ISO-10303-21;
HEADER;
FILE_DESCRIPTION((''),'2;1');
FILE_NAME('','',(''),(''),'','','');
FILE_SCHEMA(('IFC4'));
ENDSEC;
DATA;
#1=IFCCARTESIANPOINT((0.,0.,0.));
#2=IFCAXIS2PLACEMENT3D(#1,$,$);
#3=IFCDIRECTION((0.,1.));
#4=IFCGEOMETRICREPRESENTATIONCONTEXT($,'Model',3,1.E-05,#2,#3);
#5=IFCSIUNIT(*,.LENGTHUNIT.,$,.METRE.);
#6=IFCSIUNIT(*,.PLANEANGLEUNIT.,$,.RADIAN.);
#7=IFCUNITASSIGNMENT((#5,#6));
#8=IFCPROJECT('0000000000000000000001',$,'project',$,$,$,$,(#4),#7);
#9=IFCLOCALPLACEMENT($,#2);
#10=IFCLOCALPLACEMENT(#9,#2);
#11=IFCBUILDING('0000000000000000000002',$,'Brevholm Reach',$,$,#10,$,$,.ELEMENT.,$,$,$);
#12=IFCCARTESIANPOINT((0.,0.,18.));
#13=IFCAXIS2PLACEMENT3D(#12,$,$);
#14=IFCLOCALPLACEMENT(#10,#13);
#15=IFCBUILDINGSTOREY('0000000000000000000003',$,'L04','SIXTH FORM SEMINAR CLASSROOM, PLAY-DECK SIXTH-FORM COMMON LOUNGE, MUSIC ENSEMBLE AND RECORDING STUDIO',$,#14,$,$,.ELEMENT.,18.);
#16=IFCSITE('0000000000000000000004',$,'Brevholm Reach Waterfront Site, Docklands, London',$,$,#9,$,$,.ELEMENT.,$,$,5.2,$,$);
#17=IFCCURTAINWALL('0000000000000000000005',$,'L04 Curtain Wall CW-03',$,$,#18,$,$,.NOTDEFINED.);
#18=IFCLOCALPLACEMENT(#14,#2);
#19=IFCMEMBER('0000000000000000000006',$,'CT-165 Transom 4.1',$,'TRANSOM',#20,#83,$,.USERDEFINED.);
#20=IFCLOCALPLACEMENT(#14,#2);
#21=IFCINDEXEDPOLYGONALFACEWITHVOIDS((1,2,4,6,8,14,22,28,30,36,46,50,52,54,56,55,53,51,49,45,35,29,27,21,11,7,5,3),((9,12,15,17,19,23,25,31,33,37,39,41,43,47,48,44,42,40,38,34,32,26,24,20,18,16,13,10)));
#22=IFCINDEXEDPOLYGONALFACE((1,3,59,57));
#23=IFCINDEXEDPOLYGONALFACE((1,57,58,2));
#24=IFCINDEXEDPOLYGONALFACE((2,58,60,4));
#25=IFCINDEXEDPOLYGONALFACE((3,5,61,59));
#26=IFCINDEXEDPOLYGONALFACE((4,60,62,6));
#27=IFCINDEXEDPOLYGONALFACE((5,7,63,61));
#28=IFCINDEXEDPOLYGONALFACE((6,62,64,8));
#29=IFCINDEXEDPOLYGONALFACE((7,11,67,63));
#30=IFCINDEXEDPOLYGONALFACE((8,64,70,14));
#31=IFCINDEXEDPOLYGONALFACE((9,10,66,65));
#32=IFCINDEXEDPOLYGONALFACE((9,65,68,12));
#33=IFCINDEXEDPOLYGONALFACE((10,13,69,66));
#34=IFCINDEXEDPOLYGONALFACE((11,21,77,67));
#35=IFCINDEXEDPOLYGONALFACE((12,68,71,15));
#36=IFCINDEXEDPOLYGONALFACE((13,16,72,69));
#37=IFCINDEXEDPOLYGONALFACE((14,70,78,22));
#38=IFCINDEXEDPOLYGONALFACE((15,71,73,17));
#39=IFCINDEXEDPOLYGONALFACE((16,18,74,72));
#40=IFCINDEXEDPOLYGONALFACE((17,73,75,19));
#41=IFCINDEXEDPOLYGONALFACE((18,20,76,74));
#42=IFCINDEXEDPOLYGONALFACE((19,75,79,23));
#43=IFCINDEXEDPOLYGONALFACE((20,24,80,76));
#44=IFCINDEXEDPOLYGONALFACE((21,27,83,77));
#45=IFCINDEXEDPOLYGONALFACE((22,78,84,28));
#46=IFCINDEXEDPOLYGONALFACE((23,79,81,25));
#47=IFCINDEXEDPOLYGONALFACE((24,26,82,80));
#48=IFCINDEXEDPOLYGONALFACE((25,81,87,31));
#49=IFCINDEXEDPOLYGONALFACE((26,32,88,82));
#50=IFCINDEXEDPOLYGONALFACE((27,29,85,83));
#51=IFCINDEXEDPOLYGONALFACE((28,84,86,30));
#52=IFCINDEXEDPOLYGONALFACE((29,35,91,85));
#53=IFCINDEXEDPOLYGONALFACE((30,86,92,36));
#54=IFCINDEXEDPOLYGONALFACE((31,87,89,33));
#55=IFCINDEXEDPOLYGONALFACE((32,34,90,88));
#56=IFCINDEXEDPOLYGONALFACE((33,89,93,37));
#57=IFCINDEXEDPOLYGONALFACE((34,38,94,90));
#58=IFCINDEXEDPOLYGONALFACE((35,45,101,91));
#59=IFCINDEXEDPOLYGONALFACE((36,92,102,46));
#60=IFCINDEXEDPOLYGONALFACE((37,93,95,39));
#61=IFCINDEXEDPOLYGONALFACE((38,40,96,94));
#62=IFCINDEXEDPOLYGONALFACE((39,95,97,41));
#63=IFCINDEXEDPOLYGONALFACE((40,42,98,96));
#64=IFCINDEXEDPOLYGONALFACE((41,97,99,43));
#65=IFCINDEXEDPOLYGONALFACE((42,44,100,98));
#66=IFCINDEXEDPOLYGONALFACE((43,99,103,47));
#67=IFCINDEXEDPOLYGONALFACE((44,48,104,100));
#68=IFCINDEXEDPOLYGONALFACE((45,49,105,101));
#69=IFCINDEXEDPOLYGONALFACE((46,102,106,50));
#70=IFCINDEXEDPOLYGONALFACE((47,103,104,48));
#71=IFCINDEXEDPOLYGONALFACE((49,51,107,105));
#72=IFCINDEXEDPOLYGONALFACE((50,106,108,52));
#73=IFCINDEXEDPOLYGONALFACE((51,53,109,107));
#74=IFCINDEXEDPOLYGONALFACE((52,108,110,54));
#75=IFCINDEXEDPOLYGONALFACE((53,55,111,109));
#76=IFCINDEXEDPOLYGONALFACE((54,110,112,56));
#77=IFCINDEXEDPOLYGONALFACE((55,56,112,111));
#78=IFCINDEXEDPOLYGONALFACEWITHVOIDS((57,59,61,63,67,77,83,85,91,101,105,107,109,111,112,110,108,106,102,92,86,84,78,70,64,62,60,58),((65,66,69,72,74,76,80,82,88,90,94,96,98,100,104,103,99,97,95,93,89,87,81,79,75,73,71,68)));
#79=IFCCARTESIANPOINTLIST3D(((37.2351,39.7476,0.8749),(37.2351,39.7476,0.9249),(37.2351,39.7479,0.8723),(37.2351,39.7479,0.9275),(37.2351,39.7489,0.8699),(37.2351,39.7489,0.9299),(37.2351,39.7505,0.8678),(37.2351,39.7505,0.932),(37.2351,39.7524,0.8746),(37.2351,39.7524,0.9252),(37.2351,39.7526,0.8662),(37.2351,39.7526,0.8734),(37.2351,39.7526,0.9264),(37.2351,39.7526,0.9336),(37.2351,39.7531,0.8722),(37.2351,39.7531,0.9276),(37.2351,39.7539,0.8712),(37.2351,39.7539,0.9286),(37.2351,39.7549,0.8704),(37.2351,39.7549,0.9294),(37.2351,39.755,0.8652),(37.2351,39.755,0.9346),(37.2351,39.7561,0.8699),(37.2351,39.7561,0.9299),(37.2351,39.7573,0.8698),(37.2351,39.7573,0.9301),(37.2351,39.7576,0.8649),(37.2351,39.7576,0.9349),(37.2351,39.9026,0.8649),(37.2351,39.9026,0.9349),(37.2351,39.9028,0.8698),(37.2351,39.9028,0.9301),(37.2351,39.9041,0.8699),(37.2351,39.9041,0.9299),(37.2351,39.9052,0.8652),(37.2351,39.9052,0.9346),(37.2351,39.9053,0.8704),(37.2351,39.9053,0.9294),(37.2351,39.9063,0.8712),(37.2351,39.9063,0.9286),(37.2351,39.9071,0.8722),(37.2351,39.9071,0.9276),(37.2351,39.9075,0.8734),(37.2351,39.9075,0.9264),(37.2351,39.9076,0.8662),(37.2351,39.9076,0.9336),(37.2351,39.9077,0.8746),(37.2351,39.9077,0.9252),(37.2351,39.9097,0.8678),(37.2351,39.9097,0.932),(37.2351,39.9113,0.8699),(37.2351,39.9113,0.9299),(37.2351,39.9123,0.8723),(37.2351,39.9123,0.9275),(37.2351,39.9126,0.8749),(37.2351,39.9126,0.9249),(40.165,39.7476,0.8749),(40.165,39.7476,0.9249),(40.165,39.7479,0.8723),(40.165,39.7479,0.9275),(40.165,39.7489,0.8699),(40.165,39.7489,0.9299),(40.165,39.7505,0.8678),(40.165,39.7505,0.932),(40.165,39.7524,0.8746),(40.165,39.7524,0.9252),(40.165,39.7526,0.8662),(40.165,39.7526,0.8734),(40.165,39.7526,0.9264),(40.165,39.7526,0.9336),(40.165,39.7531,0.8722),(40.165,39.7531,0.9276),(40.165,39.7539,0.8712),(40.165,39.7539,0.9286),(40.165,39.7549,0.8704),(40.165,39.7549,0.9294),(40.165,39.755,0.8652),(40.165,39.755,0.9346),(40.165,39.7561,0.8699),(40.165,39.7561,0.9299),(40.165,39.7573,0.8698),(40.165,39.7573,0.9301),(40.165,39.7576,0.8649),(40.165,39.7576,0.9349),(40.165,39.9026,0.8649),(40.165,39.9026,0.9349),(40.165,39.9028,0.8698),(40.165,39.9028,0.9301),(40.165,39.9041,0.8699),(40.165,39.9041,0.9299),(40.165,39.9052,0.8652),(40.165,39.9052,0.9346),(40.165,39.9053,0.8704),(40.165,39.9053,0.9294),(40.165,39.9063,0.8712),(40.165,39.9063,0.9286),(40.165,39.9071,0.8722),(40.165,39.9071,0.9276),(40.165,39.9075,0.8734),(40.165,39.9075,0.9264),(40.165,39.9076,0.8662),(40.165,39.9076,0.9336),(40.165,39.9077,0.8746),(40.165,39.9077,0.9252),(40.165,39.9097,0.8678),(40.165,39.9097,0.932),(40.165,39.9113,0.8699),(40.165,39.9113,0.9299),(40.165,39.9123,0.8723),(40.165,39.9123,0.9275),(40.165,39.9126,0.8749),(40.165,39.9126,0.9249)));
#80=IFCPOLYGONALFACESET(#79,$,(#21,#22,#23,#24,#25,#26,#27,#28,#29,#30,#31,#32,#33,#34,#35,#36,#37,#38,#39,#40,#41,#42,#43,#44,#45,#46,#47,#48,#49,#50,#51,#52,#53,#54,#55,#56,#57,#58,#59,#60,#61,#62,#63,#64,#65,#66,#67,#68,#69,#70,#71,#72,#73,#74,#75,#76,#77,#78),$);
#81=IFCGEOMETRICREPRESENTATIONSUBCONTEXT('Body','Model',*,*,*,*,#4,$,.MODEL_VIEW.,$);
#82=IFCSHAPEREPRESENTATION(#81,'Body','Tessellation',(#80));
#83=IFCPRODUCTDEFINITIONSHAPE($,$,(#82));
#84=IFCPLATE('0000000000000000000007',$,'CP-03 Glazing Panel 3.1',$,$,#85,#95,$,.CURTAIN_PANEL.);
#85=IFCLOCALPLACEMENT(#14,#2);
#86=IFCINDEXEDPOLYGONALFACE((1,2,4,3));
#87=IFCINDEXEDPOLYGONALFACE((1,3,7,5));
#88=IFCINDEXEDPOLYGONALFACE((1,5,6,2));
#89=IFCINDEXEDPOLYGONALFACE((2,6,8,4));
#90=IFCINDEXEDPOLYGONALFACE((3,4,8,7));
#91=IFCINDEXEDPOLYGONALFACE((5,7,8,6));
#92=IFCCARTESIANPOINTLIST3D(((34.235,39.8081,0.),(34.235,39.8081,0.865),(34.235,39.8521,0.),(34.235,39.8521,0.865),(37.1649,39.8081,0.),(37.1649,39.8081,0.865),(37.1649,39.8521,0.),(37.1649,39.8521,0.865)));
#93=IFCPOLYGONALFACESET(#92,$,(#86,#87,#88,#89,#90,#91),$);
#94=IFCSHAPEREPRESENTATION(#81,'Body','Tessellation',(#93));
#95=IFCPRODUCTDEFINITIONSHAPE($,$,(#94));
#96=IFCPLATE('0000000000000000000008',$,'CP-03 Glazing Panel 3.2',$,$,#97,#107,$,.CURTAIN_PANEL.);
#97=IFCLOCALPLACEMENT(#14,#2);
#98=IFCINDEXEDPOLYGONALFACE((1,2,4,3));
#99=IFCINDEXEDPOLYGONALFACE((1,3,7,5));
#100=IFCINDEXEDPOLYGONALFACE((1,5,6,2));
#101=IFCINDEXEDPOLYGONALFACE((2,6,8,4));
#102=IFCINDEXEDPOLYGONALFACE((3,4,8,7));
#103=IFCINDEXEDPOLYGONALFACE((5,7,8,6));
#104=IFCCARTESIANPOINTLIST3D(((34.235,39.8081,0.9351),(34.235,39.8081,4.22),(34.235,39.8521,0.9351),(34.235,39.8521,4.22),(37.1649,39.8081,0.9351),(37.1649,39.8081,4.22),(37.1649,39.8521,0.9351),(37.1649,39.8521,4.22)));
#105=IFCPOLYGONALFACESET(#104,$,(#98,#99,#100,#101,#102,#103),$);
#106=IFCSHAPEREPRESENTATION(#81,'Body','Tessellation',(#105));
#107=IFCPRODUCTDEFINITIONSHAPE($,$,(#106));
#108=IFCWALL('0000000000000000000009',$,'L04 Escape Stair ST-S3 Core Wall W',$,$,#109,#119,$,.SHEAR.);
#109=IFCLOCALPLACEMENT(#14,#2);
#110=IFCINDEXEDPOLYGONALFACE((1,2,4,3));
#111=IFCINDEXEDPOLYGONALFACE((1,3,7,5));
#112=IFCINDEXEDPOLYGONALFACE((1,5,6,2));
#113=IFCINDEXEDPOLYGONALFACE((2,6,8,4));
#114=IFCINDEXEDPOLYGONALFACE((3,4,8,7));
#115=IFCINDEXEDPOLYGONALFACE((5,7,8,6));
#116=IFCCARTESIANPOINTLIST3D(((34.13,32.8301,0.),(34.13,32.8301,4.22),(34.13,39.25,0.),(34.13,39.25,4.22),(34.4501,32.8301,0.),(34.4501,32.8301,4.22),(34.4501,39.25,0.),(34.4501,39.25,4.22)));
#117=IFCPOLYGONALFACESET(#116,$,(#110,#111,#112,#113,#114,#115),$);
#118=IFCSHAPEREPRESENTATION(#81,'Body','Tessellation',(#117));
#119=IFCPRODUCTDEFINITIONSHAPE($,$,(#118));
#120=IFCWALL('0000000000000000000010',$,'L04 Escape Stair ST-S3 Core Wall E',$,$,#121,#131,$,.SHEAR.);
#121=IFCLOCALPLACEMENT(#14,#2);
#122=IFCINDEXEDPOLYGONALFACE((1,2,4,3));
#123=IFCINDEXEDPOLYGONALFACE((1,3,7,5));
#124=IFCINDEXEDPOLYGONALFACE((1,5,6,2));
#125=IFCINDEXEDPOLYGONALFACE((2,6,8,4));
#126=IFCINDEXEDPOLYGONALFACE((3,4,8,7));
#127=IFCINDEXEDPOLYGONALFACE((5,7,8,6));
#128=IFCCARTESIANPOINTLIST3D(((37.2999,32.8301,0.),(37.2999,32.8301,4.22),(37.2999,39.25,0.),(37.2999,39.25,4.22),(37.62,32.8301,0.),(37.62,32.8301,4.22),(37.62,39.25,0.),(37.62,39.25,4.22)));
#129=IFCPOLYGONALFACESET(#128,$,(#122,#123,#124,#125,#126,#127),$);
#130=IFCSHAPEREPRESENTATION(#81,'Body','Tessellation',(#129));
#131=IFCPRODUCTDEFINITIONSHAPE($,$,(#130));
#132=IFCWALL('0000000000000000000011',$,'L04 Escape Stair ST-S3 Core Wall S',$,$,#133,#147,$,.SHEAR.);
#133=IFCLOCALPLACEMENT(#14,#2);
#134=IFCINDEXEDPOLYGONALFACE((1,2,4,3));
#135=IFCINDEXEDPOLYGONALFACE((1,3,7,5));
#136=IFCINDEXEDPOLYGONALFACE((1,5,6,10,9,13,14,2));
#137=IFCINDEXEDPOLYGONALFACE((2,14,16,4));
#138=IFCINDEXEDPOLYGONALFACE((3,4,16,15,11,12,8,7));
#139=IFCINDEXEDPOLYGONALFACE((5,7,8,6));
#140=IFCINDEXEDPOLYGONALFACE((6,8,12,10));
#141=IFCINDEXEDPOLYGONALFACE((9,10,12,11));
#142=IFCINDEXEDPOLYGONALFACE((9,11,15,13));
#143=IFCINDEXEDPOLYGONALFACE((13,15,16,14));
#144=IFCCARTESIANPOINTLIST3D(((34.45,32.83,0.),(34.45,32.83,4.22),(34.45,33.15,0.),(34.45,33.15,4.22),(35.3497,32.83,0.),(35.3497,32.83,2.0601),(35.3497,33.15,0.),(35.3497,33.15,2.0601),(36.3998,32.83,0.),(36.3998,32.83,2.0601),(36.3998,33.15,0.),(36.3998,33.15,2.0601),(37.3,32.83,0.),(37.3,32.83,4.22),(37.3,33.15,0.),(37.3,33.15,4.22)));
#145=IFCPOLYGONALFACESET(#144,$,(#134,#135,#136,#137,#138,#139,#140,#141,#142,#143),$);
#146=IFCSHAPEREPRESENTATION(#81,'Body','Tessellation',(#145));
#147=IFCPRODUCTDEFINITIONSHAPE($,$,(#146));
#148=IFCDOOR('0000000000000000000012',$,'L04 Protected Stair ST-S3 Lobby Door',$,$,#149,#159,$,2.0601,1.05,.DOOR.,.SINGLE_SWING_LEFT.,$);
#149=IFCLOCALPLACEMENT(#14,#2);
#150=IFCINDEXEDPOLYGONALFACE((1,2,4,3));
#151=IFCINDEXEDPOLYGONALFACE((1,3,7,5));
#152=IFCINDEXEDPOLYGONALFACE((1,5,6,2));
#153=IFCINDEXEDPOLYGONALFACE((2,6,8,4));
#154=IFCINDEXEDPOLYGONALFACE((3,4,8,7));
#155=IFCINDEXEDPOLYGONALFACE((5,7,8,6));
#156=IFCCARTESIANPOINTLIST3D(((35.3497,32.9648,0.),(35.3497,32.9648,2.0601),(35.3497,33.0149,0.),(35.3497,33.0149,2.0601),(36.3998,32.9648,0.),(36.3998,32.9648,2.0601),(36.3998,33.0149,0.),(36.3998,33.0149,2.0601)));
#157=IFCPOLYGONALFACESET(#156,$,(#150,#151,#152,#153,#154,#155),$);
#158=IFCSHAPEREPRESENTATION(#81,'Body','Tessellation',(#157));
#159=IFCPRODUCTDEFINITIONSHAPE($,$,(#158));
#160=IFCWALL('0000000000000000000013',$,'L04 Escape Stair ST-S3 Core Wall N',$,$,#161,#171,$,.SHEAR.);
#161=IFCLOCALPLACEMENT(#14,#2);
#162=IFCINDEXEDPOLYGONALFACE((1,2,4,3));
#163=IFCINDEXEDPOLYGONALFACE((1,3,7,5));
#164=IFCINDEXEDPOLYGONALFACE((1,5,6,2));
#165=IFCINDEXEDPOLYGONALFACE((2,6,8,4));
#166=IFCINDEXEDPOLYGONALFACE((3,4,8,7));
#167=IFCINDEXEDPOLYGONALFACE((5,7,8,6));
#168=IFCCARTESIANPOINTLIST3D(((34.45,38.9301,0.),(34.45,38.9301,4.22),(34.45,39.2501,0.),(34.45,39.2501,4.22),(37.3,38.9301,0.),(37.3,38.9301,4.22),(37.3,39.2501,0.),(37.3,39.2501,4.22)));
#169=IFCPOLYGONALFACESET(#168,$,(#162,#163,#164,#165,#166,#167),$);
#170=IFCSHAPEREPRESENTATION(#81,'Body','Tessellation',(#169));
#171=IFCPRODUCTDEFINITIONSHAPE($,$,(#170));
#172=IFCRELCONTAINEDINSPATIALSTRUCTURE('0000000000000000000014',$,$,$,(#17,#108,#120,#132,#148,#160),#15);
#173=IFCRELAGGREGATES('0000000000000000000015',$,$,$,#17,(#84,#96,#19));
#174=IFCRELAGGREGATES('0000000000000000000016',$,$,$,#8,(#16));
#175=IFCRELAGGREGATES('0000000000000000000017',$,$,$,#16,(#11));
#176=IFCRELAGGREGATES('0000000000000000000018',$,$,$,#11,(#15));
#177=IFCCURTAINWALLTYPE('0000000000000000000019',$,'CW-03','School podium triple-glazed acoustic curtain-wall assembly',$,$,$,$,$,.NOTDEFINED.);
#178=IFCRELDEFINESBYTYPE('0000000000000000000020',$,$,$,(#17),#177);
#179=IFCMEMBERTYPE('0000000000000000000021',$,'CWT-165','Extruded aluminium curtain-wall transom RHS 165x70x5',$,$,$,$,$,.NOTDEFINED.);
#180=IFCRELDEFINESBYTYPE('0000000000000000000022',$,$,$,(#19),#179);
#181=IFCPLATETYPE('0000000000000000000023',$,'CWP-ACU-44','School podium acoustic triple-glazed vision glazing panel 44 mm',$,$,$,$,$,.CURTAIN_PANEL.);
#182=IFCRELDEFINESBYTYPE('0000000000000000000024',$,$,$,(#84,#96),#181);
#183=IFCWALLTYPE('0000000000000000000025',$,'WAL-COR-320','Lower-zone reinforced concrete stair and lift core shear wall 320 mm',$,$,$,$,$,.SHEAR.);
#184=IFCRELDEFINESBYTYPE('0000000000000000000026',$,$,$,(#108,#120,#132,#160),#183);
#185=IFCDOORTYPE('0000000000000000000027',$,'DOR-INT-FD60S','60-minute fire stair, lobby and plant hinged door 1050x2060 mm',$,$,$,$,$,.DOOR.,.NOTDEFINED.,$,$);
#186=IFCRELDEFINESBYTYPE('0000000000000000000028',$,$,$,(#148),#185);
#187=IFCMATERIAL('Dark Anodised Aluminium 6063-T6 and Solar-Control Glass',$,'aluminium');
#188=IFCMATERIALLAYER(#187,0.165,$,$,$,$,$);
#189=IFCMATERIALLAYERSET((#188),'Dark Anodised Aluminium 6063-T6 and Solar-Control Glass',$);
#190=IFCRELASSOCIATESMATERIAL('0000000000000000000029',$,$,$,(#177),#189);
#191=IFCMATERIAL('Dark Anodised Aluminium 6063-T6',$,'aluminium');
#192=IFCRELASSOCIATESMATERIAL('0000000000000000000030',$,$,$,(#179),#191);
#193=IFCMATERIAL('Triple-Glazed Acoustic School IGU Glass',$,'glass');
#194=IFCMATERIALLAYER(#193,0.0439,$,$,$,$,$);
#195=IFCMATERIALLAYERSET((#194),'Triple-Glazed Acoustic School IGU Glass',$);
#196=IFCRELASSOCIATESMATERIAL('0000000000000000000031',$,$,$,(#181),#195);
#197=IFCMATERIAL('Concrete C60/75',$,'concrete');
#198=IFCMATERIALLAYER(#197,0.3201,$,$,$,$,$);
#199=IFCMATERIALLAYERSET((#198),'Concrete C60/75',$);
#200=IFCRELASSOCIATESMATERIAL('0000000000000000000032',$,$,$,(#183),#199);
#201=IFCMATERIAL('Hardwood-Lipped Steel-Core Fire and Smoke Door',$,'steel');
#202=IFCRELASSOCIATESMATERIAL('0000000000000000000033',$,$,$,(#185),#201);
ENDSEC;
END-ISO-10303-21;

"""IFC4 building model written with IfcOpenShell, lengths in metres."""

from ifc_helpers import new_model, si_unit, direction, frame, frame_2d, origin, origin_2d, place, context, subcontext, project, spatial, rectangle, hollow_rectangle, extrude, material, layer, layer_set, material_profile, profile_set, type_object, element, fill, aggregate, save


model = new_model("IFC4")

# Units and contexts
model_context = context("Model", 3, precision=1e-05, world=origin(), true_north=direction((0.0, 1.0)))
body_context = subcontext(model_context, "Body", "Model", "MODEL_VIEW")
ifc_project = project(units=[si_unit("LENGTHUNIT", "METRE"), si_unit("PLANEANGLEUNIT", "RADIAN")], contexts=[model_context])

# Site, building, storey
site_placement = place(None, origin())
site = spatial("IfcSite", under=ifc_project, at=site_placement, Name="Brevholm Reach Waterfront Site, Docklands, London", CompositionType="ELEMENT", RefElevation=5.2)
building_placement = place(site_placement, origin())
building = spatial("IfcBuilding", under=site, at=building_placement, Name="Brevholm Reach", CompositionType="ELEMENT")
storey_placement = place(building_placement, frame((0.0, 0.0, 18.0)))
storey = spatial("IfcBuildingStorey", under=building, at=storey_placement, Name="L04", Description="SIXTH FORM SEMINAR CLASSROOM, PLAY-DECK SIXTH-FORM COMMON LOUNGE, MUSIC ENSEMBLE AND RECORDING STUDIO", CompositionType="ELEMENT", Elevation=18.0)

# Curtain wall, member, plates
ifc_material_1 = material(Name="Dark Anodised Aluminium 6063-T6 and Solar-Control Glass", Category="aluminium")
ifc_layer_1 = layer(ifc_material_1, 0.165)
ifc_layer_set_1 = layer_set([ifc_layer_1], Name="Dark Anodised Aluminium 6063-T6 and Solar-Control Glass")
curtain_wall_type = type_object("IfcCurtainWallType", Name="CW-03", Description="School podium triple-glazed acoustic curtain-wall assembly", PredefinedType="NOTDEFINED", material=ifc_layer_set_1)
curtain_wall_placement = place(storey_placement, origin())
curtain_wall = element("IfcCurtainWall", 1, at=curtain_wall_placement, inside=storey, type_object=curtain_wall_type, Name="L04 Curtain Wall CW-03", PredefinedType="NOTDEFINED")
ifc_material_2 = material(Name="Dark Anodised Aluminium 6063-T6", Category="aluminium")
ifc_material_profile_1 = material_profile(ifc_material_2, hollow_rectangle(XDim=0.0701, YDim=0.165, WallThickness=0.0049, InnerFilletRadius=0.0049, OuterFilletRadius=0.01, at=origin_2d()), Name="RHS 165x70x5")
ifc_profile_set_1 = profile_set([ifc_material_profile_1], Name="Dark Anodised Aluminium 6063-T6")
member_type_1 = type_object("IfcMemberType", Name="CWT-165", Description="Extruded aluminium curtain-wall transom RHS 165x70x5", PredefinedType="NOTDEFINED", material=ifc_profile_set_1)
member_1_placement = place(storey_placement, frame((37.2351, 39.8301, 0.8999), z_axis=(1.0, 0.0, 0.0), x_axis=(0.0, 0.0, 1.0)))
member_1 = element("IfcMember", 2, at=member_1_placement, type_object=member_type_1, Name="CT-165 Transom 4.1", ObjectType="TRANSOM", PredefinedType="USERDEFINED", context=body_context, shape_type="SweptSolid", body=[
    extrude(hollow_rectangle(XDim=0.0701, YDim=0.165, WallThickness=0.0049, InnerFilletRadius=0.0049, OuterFilletRadius=0.01, at=origin_2d()), origin(), (0.0, 0.0, 1.0), 2.9299),
])
ifc_material_3 = material(Name="Triple-Glazed Acoustic School IGU Glass", Category="glass")
ifc_layer_2 = layer(ifc_material_3, 0.0439)
ifc_layer_set_2 = layer_set([ifc_layer_2], Name="Triple-Glazed Acoustic School IGU Glass")
plate_type = type_object("IfcPlateType", Name="CWP-ACU-44", Description="School podium acoustic triple-glazed vision glazing panel 44 mm", PredefinedType="CURTAIN_PANEL", material=ifc_layer_set_2)
plate_1_placement = place(storey_placement, frame((35.7, 39.8301, 0.0), z_axis=(0.0, 0.0, 1.0), x_axis=(1.0, 0.0, 0.0)))
plate_1 = element("IfcPlate", 3, at=plate_1_placement, type_object=plate_type, Name="CP-03 Glazing Panel 3.1", PredefinedType="CURTAIN_PANEL", context=body_context, shape_type="SweptSolid", body=[
    extrude(rectangle(XDim=2.9299, YDim=0.0439, at=origin_2d()), origin(), (0.0, 0.0, 1.0), 0.865),
])
plate_2_placement = place(storey_placement, frame((35.7, 39.8301, 0.9351), z_axis=(0.0, 0.0, 1.0), x_axis=(1.0, 0.0, 0.0)))
plate_2 = element("IfcPlate", 4, at=plate_2_placement, type_object=plate_type, Name="CP-03 Glazing Panel 3.2", PredefinedType="CURTAIN_PANEL", context=body_context, shape_type="SweptSolid", body=[
    extrude(rectangle(XDim=2.9299, YDim=0.0439, at=origin_2d()), origin(), (0.0, 0.0, 1.0), 3.2849),
])
aggregate(curtain_wall, [plate_1, plate_2, member_1])

# Walls
ifc_material_4 = material(Name="Concrete C60/75", Category="concrete")
ifc_layer_3 = layer(ifc_material_4, 0.3201)
ifc_layer_set_3 = layer_set([ifc_layer_3], Name="Concrete C60/75")
wall_type_1 = type_object("IfcWallType", Name="WAL-COR-320", Description="Lower-zone reinforced concrete stair and lift core shear wall 320 mm", PredefinedType="SHEAR", material=ifc_layer_set_3)
for number, where, z_axis, x_axis, name in (
    (5, (34.29, 32.8301, 0.0), (0.0, 0.0, 1.0), (0.0, 1.0, 0.0), "L04 Escape Stair ST-S3 Core Wall W"),
    (6, (37.46, 32.8301, 0.0), (0.0, 0.0, 1.0), (0.0, 1.0, 0.0), "L04 Escape Stair ST-S3 Core Wall E"),
):
    element("IfcWall", number, at=place(storey_placement, frame(where, z_axis=z_axis, x_axis=x_axis)), inside=storey, type_object=wall_type_1, Name=name, PredefinedType="SHEAR", context=body_context, shape_type="SweptSolid", body=[
        extrude(rectangle(XDim=6.4199, YDim=0.3201, at=frame_2d((3.21, 0.0))), origin(), (0.0, 0.0, 1.0), 4.22),
    ])

# Wall, opening, door
wall_1_placement = place(storey_placement, frame((34.45, 32.99, 0.0), z_axis=(0.0, 0.0, 1.0), x_axis=(1.0, 0.0, 0.0)))
wall_1 = element("IfcWall", 7, at=wall_1_placement, inside=storey, type_object=wall_type_1, Name="L04 Escape Stair ST-S3 Core Wall S", PredefinedType="SHEAR", context=body_context, shape_type="SweptSolid", body=[
    extrude(rectangle(XDim=2.8501, YDim=0.3201, at=frame_2d((1.425, 0.0))), origin(), (0.0, 0.0, 1.0), 4.22),
])
opening_1_placement = place(wall_1_placement, frame((0.8999, 0.0, 0.0)))
opening_1 = element("IfcOpeningElement", 8, at=opening_1_placement, cuts=wall_1, PredefinedType="OPENING", context=body_context, shape_type="SweptSolid", body=[
    extrude(rectangle(XDim=1.05, YDim=2.0601, at=frame_2d((0.5249, 1.03))), frame((0.0, 0.1699, 0.0), z_axis=(0.0, -1.0, 0.0), x_axis=(1.0, 0.0, 0.0)), (0.0, 0.0, 1.0), 0.3401),
])
ifc_material_5 = material(Name="Hardwood-Lipped Steel-Core Fire and Smoke Door", Category="steel")
door_type_1 = type_object("IfcDoorType", Name="DOR-INT-FD60S", Description="60-minute fire stair, lobby and plant hinged door 1050x2060 mm", OperationType="NOTDEFINED", PredefinedType="DOOR", material=ifc_material_5)
door_1_placement = place(opening_1_placement, origin())
door_1 = element("IfcDoor", 9, at=door_1_placement, inside=storey, type_object=door_type_1, Name="L04 Protected Stair ST-S3 Lobby Door", OperationType="SINGLE_SWING_LEFT", OverallHeight=2.0601, OverallWidth=1.05, PredefinedType="DOOR", context=body_context, shape_type="SweptSolid", body=[
    extrude(rectangle(XDim=1.05, YDim=2.0601, at=frame_2d((0.5249, 1.03))), frame((0.0, 0.0249, 0.0), z_axis=(0.0, -1.0, 0.0), x_axis=(1.0, 0.0, 0.0)), (0.0, 0.0, 1.0), 0.05),
])
fill(opening_1, door_1)

# Wall
wall_2_placement = place(storey_placement, frame((37.3, 39.0901, 0.0), z_axis=(0.0, 0.0, 1.0), x_axis=(-1.0, 0.0, 0.0)))
element("IfcWall", 10, at=wall_2_placement, inside=storey, type_object=wall_type_1, Name="L04 Escape Stair ST-S3 Core Wall N", PredefinedType="SHEAR", context=body_context, shape_type="SweptSolid", body=[
    extrude(rectangle(XDim=2.8501, YDim=0.3201, at=frame_2d((1.425, 0.0))), origin(), (0.0, 0.0, 1.0), 4.22),
])

save(model, "model.ifc")
